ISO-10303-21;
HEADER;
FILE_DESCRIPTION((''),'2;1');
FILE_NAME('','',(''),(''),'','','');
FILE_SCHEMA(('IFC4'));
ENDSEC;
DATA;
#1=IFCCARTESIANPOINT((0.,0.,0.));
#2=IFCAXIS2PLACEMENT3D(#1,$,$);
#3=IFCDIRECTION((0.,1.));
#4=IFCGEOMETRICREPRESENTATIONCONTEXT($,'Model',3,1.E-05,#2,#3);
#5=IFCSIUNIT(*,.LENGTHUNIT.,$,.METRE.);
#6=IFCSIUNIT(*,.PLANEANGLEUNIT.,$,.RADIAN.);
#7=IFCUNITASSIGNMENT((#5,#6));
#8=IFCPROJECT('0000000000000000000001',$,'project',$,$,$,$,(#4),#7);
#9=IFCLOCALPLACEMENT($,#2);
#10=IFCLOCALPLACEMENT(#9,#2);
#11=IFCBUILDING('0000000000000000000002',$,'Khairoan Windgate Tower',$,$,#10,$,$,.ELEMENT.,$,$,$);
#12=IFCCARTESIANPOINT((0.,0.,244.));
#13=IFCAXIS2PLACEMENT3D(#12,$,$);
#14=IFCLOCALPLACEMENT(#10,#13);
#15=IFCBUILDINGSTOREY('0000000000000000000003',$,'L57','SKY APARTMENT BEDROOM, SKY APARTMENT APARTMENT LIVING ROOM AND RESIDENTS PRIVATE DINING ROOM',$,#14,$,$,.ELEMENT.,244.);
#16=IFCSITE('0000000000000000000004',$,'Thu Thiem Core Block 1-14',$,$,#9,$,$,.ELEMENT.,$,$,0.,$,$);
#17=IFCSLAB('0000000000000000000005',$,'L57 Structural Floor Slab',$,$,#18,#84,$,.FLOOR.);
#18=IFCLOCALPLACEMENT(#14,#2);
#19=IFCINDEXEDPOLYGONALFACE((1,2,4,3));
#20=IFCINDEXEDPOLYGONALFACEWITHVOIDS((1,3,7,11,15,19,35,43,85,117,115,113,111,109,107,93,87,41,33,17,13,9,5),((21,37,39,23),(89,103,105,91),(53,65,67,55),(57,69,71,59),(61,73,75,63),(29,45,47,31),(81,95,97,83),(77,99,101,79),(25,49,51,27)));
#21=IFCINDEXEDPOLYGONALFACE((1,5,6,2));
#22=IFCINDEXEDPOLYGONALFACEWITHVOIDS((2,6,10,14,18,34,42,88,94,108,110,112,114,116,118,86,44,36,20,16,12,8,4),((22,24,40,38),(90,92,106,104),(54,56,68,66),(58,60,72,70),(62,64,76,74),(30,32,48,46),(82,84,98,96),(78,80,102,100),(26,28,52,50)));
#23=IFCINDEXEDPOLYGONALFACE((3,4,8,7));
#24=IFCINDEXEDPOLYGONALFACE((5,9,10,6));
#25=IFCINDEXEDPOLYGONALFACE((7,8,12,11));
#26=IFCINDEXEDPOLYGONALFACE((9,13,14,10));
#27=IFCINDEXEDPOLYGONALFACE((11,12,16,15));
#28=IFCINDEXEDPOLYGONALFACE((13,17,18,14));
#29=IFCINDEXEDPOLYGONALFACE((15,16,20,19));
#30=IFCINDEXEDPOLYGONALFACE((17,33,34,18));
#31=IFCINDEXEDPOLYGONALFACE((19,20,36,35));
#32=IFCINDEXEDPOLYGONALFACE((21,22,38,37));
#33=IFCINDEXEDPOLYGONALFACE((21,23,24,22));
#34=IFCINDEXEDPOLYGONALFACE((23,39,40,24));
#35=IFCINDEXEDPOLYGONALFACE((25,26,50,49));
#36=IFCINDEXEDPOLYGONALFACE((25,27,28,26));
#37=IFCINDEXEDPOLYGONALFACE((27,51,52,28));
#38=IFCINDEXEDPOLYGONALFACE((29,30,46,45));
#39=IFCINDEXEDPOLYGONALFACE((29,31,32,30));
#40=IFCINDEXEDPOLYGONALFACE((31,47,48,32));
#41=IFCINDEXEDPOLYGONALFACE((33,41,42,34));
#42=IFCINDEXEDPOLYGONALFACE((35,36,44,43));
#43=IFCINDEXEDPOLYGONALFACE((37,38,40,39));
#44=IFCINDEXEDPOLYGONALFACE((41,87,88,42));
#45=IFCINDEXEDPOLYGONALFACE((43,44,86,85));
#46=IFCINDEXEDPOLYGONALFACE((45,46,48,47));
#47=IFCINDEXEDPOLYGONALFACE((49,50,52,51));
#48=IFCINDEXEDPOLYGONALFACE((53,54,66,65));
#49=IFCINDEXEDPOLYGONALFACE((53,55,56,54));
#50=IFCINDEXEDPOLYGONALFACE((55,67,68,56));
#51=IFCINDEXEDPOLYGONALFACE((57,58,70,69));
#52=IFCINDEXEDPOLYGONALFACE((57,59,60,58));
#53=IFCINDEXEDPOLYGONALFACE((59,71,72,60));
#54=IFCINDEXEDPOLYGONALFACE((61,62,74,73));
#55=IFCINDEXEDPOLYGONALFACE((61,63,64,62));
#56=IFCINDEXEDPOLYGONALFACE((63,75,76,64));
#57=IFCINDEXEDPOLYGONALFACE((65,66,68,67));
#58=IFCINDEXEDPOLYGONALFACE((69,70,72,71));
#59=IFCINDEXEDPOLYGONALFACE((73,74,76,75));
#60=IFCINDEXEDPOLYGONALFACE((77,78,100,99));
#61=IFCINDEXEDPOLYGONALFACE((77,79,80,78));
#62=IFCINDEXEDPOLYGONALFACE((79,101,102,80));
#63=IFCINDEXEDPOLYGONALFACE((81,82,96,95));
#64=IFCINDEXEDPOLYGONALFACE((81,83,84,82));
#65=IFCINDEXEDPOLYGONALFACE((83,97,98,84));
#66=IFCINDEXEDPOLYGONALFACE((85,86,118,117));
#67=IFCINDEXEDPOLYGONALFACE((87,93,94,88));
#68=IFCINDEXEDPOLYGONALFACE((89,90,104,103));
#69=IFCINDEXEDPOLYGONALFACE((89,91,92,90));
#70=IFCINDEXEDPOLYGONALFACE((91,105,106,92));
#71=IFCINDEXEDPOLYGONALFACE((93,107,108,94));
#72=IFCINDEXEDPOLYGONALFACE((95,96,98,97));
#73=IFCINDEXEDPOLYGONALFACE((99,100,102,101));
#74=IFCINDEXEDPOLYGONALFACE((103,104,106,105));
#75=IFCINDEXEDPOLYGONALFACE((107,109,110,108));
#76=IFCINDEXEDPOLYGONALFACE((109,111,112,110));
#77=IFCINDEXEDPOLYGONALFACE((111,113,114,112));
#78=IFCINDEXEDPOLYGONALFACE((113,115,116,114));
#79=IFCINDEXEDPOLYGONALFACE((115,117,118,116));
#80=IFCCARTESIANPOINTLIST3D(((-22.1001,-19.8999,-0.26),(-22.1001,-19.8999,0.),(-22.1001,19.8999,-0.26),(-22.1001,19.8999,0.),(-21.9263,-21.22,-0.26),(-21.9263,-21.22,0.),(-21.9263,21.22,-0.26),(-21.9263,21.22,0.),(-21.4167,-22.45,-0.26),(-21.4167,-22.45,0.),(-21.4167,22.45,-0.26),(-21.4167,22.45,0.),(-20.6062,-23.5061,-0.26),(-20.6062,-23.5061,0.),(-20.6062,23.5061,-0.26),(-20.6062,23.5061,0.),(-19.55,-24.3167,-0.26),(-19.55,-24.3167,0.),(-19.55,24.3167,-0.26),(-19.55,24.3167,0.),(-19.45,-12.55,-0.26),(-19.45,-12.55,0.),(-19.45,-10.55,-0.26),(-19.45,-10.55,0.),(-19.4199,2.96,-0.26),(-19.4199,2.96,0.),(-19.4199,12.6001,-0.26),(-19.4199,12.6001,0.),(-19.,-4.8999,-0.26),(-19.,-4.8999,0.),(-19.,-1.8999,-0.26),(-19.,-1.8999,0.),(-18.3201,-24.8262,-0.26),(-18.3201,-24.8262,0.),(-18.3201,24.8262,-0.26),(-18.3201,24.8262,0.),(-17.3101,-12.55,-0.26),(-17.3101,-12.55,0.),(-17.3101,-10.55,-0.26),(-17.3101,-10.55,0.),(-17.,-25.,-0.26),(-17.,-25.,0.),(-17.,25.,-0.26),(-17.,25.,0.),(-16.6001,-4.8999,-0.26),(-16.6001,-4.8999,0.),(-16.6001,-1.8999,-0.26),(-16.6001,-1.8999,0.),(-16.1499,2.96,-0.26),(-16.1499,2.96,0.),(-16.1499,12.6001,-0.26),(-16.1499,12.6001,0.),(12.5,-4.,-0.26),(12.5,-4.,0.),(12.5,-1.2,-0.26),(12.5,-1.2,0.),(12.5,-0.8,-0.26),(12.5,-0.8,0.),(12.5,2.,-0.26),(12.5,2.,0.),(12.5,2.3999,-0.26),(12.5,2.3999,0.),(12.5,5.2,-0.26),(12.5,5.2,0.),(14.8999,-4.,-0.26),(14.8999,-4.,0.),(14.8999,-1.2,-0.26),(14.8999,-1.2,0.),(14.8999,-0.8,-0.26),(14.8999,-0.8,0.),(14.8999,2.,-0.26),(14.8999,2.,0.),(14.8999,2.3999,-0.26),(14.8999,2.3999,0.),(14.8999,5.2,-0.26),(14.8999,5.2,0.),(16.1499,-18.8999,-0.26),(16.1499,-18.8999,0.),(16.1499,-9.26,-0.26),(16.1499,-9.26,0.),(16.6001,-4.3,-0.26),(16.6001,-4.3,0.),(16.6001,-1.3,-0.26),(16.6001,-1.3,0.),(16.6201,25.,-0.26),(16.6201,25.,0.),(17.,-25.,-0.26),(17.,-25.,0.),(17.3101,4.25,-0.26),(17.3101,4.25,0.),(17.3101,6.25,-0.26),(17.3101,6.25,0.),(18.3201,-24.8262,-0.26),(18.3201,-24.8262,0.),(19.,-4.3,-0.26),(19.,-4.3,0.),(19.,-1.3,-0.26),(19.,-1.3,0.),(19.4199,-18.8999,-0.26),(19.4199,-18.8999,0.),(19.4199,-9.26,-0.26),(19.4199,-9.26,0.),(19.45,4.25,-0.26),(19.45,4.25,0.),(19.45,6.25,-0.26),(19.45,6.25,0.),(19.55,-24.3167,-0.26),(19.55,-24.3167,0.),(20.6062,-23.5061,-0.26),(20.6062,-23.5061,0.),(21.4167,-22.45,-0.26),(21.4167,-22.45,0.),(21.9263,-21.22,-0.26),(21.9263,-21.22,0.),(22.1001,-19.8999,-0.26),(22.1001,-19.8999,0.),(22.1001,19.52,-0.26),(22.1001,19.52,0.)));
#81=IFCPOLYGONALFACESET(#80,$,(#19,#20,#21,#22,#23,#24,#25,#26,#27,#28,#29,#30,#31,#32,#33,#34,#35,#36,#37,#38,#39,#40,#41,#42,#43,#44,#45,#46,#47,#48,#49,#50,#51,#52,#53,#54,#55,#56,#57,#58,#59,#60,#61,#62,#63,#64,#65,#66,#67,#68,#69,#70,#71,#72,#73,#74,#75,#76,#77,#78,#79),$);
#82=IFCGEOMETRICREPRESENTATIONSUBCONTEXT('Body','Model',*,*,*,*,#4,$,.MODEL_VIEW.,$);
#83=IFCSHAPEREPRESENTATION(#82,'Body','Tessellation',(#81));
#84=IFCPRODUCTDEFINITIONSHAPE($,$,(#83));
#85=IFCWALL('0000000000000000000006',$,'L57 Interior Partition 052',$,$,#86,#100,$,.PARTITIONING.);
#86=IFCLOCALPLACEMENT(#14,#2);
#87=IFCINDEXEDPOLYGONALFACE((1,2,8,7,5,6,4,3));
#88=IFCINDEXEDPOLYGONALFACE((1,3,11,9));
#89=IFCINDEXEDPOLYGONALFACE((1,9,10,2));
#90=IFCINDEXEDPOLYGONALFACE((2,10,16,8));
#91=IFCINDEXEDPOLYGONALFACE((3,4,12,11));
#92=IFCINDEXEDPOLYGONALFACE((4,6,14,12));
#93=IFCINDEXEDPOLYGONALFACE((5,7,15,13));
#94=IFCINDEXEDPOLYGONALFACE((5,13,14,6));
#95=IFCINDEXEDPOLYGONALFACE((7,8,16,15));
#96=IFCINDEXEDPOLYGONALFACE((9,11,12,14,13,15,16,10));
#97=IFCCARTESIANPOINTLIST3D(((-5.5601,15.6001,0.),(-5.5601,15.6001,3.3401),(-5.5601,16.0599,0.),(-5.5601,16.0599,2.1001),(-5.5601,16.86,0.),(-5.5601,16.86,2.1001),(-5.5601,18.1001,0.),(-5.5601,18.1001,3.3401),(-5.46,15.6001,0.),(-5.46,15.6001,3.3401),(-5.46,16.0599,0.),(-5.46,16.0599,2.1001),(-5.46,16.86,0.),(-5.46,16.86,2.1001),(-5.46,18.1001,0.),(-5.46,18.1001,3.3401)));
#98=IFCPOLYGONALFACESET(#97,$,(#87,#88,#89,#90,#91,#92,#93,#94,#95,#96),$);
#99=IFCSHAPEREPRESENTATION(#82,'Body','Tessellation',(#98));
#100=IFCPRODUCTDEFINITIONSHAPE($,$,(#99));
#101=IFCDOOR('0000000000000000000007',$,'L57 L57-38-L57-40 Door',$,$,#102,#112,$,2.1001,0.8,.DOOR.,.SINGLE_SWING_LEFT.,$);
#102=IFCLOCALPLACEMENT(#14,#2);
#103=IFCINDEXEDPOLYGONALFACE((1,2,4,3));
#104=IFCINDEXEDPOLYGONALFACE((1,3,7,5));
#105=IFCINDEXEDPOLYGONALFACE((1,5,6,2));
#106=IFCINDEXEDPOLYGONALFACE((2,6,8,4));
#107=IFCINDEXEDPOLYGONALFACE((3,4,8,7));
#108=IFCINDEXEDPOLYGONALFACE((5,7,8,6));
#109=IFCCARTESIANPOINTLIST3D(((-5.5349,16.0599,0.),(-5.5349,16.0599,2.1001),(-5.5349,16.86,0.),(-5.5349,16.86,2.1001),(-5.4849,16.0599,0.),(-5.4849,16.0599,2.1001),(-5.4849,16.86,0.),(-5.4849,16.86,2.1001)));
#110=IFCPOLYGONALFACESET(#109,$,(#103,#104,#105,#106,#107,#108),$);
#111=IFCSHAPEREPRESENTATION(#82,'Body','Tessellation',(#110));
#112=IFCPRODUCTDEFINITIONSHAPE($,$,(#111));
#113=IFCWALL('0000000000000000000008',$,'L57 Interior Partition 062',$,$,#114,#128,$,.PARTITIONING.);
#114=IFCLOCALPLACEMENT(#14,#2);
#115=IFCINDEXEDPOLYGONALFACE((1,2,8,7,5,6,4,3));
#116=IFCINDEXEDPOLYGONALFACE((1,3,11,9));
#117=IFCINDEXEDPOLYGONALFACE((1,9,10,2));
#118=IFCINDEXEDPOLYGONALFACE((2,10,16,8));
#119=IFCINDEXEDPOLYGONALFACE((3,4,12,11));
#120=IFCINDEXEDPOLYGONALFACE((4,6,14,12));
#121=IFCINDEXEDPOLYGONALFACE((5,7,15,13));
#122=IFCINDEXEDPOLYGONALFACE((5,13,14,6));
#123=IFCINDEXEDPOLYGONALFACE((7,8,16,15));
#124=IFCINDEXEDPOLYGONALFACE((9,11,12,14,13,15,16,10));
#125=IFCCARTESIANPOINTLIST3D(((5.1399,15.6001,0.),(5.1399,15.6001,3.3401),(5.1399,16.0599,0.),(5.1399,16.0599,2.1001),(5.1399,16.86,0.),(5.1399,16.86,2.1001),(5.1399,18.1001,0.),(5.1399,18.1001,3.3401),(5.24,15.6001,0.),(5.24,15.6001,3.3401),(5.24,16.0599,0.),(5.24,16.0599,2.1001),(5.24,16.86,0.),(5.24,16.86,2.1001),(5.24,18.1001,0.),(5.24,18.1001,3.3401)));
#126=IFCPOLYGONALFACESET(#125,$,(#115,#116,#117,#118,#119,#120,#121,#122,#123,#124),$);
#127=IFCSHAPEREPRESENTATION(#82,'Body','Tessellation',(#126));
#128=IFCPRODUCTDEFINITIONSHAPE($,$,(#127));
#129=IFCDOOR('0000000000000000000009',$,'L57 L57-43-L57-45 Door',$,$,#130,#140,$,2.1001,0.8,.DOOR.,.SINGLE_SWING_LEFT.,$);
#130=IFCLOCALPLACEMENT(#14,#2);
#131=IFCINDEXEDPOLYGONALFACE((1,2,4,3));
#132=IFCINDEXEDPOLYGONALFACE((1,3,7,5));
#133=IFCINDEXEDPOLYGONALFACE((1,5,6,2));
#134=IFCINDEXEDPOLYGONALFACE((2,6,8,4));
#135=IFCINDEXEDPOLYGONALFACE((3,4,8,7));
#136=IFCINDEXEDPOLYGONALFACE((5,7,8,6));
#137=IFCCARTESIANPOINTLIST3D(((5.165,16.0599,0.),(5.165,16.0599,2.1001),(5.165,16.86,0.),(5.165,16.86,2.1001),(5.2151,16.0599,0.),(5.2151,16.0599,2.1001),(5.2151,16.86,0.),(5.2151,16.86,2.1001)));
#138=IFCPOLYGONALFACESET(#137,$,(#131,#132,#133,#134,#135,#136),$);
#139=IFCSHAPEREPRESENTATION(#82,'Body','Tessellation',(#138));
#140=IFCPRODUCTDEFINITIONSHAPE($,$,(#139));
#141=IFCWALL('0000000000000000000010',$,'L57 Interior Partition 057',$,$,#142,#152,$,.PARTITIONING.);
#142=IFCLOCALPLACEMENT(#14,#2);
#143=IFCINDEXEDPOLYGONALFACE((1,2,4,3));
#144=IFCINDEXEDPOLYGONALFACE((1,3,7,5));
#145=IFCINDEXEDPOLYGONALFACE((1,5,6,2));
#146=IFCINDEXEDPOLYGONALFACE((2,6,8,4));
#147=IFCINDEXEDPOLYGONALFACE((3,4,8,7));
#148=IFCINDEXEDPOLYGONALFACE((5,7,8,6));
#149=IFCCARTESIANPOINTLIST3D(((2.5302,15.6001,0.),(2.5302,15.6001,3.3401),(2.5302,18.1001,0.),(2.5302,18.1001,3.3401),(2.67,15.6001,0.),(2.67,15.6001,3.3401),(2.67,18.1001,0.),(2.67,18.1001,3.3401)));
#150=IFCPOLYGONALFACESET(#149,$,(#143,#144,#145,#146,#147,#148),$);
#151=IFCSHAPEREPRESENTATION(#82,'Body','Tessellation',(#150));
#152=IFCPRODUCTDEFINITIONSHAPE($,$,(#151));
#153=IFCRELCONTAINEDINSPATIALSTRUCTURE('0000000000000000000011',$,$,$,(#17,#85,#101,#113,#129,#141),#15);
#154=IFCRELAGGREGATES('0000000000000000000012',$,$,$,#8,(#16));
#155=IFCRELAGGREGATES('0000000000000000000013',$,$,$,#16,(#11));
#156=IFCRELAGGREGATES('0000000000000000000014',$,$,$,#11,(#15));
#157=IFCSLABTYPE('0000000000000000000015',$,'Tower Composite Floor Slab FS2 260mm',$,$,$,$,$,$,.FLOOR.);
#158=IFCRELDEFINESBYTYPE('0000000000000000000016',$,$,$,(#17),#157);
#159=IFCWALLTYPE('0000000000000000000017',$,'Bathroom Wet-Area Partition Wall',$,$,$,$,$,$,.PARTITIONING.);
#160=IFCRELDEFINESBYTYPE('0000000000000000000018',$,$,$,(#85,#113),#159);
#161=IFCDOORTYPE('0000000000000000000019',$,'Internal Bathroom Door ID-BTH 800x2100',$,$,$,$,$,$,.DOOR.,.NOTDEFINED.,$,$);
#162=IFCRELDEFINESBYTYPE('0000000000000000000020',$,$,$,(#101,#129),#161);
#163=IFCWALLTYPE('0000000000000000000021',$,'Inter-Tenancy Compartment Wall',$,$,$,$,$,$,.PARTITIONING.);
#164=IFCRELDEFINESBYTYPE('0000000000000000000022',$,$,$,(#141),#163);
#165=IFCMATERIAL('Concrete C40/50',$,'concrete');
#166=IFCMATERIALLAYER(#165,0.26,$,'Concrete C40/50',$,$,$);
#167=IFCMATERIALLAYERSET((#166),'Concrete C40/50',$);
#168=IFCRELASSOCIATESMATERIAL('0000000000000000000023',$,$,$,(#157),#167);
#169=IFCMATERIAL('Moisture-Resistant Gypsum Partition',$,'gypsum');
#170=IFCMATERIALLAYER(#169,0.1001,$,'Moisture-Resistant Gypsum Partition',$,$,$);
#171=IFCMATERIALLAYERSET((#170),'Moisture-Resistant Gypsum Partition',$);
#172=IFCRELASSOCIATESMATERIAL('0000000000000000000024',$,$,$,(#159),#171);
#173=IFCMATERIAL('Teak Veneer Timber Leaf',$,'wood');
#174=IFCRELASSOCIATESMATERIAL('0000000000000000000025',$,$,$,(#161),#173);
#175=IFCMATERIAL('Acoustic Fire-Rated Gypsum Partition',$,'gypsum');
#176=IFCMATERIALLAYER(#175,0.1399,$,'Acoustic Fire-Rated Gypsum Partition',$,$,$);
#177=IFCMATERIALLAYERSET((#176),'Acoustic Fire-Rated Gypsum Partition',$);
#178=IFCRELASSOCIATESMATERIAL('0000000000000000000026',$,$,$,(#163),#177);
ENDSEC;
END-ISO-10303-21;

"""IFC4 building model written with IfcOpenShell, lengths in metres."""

from ifc_helpers import new_model, si_unit, direction, frame, frame_2d, origin, place, context, subcontext, project, spatial, polyline, rectangle, outline, extrude, material, layer, layer_set, type_object, element, fill, save


model = new_model("IFC4")

# Units and contexts
model_context = context("Model", 3, precision=1e-05, world=origin(), true_north=direction((0.0, 1.0)))
body_context = subcontext(model_context, "Body", "Model", "MODEL_VIEW")
ifc_project = project(units=[si_unit("LENGTHUNIT", "METRE"), si_unit("PLANEANGLEUNIT", "RADIAN")], contexts=[model_context])

# Site, building, storey
site_placement = place(None, origin())
site = spatial("IfcSite", under=ifc_project, at=site_placement, Name="Thu Thiem Core Block 1-14", CompositionType="ELEMENT", RefElevation=0.0)
building_placement = place(site_placement, origin())
building = spatial("IfcBuilding", under=site, at=building_placement, Name="Khairoan Windgate Tower", CompositionType="ELEMENT")
storey_placement = place(building_placement, frame((0.0, 0.0, 244.0)))
storey = spatial("IfcBuildingStorey", under=building, at=storey_placement, Name="L57", Description="SKY APARTMENT BEDROOM, SKY APARTMENT APARTMENT LIVING ROOM AND RESIDENTS PRIVATE DINING ROOM", CompositionType="ELEMENT", Elevation=244.0)

# Slab
ifc_material_1 = material(Name="Concrete C40/50", Category="concrete")
ifc_layer_1 = layer(ifc_material_1, 0.26, Name="Concrete C40/50")
ifc_layer_set_1 = layer_set([ifc_layer_1], Name="Concrete C40/50")
slab_type_1 = type_object("IfcSlabType", Name="Tower Composite Floor Slab FS2 260mm", PredefinedType="FLOOR", material=ifc_layer_set_1)
slab_1_placement = place(storey_placement, frame((0.0, 0.0, -0.26)))
element("IfcSlab", 1, at=slab_1_placement, inside=storey, type_object=slab_type_1, Name="L57 Structural Floor Slab", PredefinedType="FLOOR", context=body_context, shape_type="SweptSolid", body=[
    extrude(outline(polyline([(17.0, -25.0), (18.3201, -24.8262), (19.55, -24.3167), (20.6062, -23.5061), (21.4167, -22.45), (21.9263, -21.22), (22.1001, -19.8999), (22.1001, 19.52), (16.6201, 25.0), (-17.0, 25.0), (-18.3201, 24.8262), (-19.55, 24.3167), (-20.6062, 23.5061), (-21.4167, 22.45), (-21.9263, 21.22), (-22.1001, 19.8999), (-22.1001, -19.8999), (-21.9263, -21.22), (-21.4167, -22.45), (-20.6062, -23.5061), (-19.55, -24.3167), (-18.3201, -24.8262), (-17.0, -25.0), (17.0, -25.0)]), holes=[polyline([(16.1499, -9.26), (16.1499, -18.8999), (19.4199, -18.8999), (19.4199, -9.26), (16.1499, -9.26)]), polyline([(-16.1499, 2.96), (-16.1499, 12.6001), (-19.4199, 12.6001), (-19.4199, 2.96), (-16.1499, 2.96)]), polyline([(12.5, 2.3999), (14.8999, 2.3999), (14.8999, 5.2), (12.5, 5.2), (12.5, 2.3999)]), polyline([(12.5, -0.8), (14.8999, -0.8), (14.8999, 2.0), (12.5, 2.0), (12.5, -0.8)]), polyline([(12.5, -4.0), (14.8999, -4.0), (14.8999, -1.2), (12.5, -1.2), (12.5, -4.0)]), polyline([(16.6001, -4.3), (19.0, -4.3), (19.0, -1.3), (16.6001, -1.3), (16.6001, -4.3)]), polyline([(-19.0, -4.8999), (-16.6001, -4.8999), (-16.6001, -1.8999), (-19.0, -1.8999), (-19.0, -4.8999)]), polyline([(-19.45, -12.55), (-17.3101, -12.55), (-17.3101, -10.55), (-19.45, -10.55), (-19.45, -12.55)]), polyline([(17.3101, 4.25), (19.45, 4.25), (19.45, 6.25), (17.3101, 6.25), (17.3101, 4.25)])]), origin(), (0.0, 0.0, 1.0), 0.26),
])

# Walls, openings, doors
ifc_material_2 = material(Name="Moisture-Resistant Gypsum Partition", Category="gypsum")
ifc_layer_2 = layer(ifc_material_2, 0.1001, Name="Moisture-Resistant Gypsum Partition")
ifc_layer_set_2 = layer_set([ifc_layer_2], Name="Moisture-Resistant Gypsum Partition")
wall_type_1 = type_object("IfcWallType", Name="Bathroom Wet-Area Partition Wall", PredefinedType="PARTITIONING", material=ifc_layer_set_2)
wall_1_placement = place(storey_placement, frame((-5.51, 15.6001, 0.0), z_axis=(0.0, 0.0, 1.0), x_axis=(0.0, 1.0, 0.0)))
wall_1 = element("IfcWall", 2, at=wall_1_placement, inside=storey, type_object=wall_type_1, Name="L57 Interior Partition 052", PredefinedType="PARTITIONING", context=body_context, shape_type="SweptSolid", body=[
    extrude(rectangle(XDim=2.5, YDim=0.1001, at=frame_2d((1.25, 0.0))), origin(), (0.0, 0.0, 1.0), 3.3401),
])
opening_1_placement = place(wall_1_placement, frame((0.46, 0.0, 0.0)))
opening_1 = element("IfcOpeningElement", 3, at=opening_1_placement, cuts=wall_1, PredefinedType="OPENING", context=body_context, shape_type="SweptSolid", body=[
    extrude(rectangle(XDim=0.8, YDim=2.1001, at=frame_2d((0.3999, 1.05))), frame((0.0, 0.0601, 0.0), z_axis=(0.0, -1.0, 0.0), x_axis=(1.0, 0.0, 0.0)), (0.0, 0.0, 1.0), 0.1201),
])
ifc_material_3 = material(Name="Teak Veneer Timber Leaf", Category="wood")
door_type_1 = type_object("IfcDoorType", Name="Internal Bathroom Door ID-BTH 800x2100", OperationType="NOTDEFINED", PredefinedType="DOOR", material=ifc_material_3)
door_1_placement = place(opening_1_placement, origin())
door_1 = element("IfcDoor", 4, at=door_1_placement, inside=storey, type_object=door_type_1, Name="L57 L57-38-L57-40 Door", OperationType="SINGLE_SWING_LEFT", OverallHeight=2.1001, OverallWidth=0.8, PredefinedType="DOOR", context=body_context, shape_type="SweptSolid", body=[
    extrude(rectangle(XDim=0.8, YDim=2.1001, at=frame_2d((0.3999, 1.05))), frame((0.0, 0.0249, 0.0), z_axis=(0.0, -1.0, 0.0), x_axis=(1.0, 0.0, 0.0)), (0.0, 0.0, 1.0), 0.05),
])
fill(opening_1, door_1)
wall_2_placement = place(storey_placement, frame((5.1899, 15.6001, 0.0), z_axis=(0.0, 0.0, 1.0), x_axis=(0.0, 1.0, 0.0)))
wall_2 = element("IfcWall", 5, at=wall_2_placement, inside=storey, type_object=wall_type_1, Name="L57 Interior Partition 062", PredefinedType="PARTITIONING", context=body_context, shape_type="SweptSolid", body=[
    extrude(rectangle(XDim=2.5, YDim=0.1001, at=frame_2d((1.25, 0.0))), origin(), (0.0, 0.0, 1.0), 3.3401),
])
opening_2_placement = place(wall_2_placement, frame((0.46, 0.0, 0.0)))
opening_2 = element("IfcOpeningElement", 6, at=opening_2_placement, cuts=wall_2, PredefinedType="OPENING", context=body_context, shape_type="SweptSolid", body=[
    extrude(rectangle(XDim=0.8, YDim=2.1001, at=frame_2d((0.3999, 1.05))), frame((0.0, 0.0601, 0.0), z_axis=(0.0, -1.0, 0.0), x_axis=(1.0, 0.0, 0.0)), (0.0, 0.0, 1.0), 0.1201),
])
door_2_placement = place(opening_2_placement, origin())
door_2 = element("IfcDoor", 7, at=door_2_placement, inside=storey, type_object=door_type_1, Name="L57 L57-43-L57-45 Door", OperationType="SINGLE_SWING_LEFT", OverallHeight=2.1001, OverallWidth=0.8, PredefinedType="DOOR", context=body_context, shape_type="SweptSolid", body=[
    extrude(rectangle(XDim=0.8, YDim=2.1001, at=frame_2d((0.3999, 1.05))), frame((0.0, 0.0249, 0.0), z_axis=(0.0, -1.0, 0.0), x_axis=(1.0, 0.0, 0.0)), (0.0, 0.0, 1.0), 0.05),
])
fill(opening_2, door_2)

# Wall
ifc_material_4 = material(Name="Acoustic Fire-Rated Gypsum Partition", Category="gypsum")
ifc_layer_3 = layer(ifc_material_4, 0.1399, Name="Acoustic Fire-Rated Gypsum Partition")
ifc_layer_set_3 = layer_set([ifc_layer_3], Name="Acoustic Fire-Rated Gypsum Partition")
wall_type_2 = type_object("IfcWallType", Name="Inter-Tenancy Compartment Wall", PredefinedType="PARTITIONING", material=ifc_layer_set_3)
wall_3_placement = place(storey_placement, frame((2.6001, 15.6001, 0.0), z_axis=(0.0, 0.0, 1.0), x_axis=(0.0, 1.0, 0.0)))
element("IfcWall", 8, at=wall_3_placement, inside=storey, type_object=wall_type_2, Name="L57 Interior Partition 057", PredefinedType="PARTITIONING", context=body_context, shape_type="SweptSolid", body=[
    extrude(rectangle(XDim=2.5, YDim=0.1399, at=frame_2d((1.25, 0.0))), origin(), (0.0, 0.0, 1.0), 3.3401),
])

save(model, "model.ifc")
